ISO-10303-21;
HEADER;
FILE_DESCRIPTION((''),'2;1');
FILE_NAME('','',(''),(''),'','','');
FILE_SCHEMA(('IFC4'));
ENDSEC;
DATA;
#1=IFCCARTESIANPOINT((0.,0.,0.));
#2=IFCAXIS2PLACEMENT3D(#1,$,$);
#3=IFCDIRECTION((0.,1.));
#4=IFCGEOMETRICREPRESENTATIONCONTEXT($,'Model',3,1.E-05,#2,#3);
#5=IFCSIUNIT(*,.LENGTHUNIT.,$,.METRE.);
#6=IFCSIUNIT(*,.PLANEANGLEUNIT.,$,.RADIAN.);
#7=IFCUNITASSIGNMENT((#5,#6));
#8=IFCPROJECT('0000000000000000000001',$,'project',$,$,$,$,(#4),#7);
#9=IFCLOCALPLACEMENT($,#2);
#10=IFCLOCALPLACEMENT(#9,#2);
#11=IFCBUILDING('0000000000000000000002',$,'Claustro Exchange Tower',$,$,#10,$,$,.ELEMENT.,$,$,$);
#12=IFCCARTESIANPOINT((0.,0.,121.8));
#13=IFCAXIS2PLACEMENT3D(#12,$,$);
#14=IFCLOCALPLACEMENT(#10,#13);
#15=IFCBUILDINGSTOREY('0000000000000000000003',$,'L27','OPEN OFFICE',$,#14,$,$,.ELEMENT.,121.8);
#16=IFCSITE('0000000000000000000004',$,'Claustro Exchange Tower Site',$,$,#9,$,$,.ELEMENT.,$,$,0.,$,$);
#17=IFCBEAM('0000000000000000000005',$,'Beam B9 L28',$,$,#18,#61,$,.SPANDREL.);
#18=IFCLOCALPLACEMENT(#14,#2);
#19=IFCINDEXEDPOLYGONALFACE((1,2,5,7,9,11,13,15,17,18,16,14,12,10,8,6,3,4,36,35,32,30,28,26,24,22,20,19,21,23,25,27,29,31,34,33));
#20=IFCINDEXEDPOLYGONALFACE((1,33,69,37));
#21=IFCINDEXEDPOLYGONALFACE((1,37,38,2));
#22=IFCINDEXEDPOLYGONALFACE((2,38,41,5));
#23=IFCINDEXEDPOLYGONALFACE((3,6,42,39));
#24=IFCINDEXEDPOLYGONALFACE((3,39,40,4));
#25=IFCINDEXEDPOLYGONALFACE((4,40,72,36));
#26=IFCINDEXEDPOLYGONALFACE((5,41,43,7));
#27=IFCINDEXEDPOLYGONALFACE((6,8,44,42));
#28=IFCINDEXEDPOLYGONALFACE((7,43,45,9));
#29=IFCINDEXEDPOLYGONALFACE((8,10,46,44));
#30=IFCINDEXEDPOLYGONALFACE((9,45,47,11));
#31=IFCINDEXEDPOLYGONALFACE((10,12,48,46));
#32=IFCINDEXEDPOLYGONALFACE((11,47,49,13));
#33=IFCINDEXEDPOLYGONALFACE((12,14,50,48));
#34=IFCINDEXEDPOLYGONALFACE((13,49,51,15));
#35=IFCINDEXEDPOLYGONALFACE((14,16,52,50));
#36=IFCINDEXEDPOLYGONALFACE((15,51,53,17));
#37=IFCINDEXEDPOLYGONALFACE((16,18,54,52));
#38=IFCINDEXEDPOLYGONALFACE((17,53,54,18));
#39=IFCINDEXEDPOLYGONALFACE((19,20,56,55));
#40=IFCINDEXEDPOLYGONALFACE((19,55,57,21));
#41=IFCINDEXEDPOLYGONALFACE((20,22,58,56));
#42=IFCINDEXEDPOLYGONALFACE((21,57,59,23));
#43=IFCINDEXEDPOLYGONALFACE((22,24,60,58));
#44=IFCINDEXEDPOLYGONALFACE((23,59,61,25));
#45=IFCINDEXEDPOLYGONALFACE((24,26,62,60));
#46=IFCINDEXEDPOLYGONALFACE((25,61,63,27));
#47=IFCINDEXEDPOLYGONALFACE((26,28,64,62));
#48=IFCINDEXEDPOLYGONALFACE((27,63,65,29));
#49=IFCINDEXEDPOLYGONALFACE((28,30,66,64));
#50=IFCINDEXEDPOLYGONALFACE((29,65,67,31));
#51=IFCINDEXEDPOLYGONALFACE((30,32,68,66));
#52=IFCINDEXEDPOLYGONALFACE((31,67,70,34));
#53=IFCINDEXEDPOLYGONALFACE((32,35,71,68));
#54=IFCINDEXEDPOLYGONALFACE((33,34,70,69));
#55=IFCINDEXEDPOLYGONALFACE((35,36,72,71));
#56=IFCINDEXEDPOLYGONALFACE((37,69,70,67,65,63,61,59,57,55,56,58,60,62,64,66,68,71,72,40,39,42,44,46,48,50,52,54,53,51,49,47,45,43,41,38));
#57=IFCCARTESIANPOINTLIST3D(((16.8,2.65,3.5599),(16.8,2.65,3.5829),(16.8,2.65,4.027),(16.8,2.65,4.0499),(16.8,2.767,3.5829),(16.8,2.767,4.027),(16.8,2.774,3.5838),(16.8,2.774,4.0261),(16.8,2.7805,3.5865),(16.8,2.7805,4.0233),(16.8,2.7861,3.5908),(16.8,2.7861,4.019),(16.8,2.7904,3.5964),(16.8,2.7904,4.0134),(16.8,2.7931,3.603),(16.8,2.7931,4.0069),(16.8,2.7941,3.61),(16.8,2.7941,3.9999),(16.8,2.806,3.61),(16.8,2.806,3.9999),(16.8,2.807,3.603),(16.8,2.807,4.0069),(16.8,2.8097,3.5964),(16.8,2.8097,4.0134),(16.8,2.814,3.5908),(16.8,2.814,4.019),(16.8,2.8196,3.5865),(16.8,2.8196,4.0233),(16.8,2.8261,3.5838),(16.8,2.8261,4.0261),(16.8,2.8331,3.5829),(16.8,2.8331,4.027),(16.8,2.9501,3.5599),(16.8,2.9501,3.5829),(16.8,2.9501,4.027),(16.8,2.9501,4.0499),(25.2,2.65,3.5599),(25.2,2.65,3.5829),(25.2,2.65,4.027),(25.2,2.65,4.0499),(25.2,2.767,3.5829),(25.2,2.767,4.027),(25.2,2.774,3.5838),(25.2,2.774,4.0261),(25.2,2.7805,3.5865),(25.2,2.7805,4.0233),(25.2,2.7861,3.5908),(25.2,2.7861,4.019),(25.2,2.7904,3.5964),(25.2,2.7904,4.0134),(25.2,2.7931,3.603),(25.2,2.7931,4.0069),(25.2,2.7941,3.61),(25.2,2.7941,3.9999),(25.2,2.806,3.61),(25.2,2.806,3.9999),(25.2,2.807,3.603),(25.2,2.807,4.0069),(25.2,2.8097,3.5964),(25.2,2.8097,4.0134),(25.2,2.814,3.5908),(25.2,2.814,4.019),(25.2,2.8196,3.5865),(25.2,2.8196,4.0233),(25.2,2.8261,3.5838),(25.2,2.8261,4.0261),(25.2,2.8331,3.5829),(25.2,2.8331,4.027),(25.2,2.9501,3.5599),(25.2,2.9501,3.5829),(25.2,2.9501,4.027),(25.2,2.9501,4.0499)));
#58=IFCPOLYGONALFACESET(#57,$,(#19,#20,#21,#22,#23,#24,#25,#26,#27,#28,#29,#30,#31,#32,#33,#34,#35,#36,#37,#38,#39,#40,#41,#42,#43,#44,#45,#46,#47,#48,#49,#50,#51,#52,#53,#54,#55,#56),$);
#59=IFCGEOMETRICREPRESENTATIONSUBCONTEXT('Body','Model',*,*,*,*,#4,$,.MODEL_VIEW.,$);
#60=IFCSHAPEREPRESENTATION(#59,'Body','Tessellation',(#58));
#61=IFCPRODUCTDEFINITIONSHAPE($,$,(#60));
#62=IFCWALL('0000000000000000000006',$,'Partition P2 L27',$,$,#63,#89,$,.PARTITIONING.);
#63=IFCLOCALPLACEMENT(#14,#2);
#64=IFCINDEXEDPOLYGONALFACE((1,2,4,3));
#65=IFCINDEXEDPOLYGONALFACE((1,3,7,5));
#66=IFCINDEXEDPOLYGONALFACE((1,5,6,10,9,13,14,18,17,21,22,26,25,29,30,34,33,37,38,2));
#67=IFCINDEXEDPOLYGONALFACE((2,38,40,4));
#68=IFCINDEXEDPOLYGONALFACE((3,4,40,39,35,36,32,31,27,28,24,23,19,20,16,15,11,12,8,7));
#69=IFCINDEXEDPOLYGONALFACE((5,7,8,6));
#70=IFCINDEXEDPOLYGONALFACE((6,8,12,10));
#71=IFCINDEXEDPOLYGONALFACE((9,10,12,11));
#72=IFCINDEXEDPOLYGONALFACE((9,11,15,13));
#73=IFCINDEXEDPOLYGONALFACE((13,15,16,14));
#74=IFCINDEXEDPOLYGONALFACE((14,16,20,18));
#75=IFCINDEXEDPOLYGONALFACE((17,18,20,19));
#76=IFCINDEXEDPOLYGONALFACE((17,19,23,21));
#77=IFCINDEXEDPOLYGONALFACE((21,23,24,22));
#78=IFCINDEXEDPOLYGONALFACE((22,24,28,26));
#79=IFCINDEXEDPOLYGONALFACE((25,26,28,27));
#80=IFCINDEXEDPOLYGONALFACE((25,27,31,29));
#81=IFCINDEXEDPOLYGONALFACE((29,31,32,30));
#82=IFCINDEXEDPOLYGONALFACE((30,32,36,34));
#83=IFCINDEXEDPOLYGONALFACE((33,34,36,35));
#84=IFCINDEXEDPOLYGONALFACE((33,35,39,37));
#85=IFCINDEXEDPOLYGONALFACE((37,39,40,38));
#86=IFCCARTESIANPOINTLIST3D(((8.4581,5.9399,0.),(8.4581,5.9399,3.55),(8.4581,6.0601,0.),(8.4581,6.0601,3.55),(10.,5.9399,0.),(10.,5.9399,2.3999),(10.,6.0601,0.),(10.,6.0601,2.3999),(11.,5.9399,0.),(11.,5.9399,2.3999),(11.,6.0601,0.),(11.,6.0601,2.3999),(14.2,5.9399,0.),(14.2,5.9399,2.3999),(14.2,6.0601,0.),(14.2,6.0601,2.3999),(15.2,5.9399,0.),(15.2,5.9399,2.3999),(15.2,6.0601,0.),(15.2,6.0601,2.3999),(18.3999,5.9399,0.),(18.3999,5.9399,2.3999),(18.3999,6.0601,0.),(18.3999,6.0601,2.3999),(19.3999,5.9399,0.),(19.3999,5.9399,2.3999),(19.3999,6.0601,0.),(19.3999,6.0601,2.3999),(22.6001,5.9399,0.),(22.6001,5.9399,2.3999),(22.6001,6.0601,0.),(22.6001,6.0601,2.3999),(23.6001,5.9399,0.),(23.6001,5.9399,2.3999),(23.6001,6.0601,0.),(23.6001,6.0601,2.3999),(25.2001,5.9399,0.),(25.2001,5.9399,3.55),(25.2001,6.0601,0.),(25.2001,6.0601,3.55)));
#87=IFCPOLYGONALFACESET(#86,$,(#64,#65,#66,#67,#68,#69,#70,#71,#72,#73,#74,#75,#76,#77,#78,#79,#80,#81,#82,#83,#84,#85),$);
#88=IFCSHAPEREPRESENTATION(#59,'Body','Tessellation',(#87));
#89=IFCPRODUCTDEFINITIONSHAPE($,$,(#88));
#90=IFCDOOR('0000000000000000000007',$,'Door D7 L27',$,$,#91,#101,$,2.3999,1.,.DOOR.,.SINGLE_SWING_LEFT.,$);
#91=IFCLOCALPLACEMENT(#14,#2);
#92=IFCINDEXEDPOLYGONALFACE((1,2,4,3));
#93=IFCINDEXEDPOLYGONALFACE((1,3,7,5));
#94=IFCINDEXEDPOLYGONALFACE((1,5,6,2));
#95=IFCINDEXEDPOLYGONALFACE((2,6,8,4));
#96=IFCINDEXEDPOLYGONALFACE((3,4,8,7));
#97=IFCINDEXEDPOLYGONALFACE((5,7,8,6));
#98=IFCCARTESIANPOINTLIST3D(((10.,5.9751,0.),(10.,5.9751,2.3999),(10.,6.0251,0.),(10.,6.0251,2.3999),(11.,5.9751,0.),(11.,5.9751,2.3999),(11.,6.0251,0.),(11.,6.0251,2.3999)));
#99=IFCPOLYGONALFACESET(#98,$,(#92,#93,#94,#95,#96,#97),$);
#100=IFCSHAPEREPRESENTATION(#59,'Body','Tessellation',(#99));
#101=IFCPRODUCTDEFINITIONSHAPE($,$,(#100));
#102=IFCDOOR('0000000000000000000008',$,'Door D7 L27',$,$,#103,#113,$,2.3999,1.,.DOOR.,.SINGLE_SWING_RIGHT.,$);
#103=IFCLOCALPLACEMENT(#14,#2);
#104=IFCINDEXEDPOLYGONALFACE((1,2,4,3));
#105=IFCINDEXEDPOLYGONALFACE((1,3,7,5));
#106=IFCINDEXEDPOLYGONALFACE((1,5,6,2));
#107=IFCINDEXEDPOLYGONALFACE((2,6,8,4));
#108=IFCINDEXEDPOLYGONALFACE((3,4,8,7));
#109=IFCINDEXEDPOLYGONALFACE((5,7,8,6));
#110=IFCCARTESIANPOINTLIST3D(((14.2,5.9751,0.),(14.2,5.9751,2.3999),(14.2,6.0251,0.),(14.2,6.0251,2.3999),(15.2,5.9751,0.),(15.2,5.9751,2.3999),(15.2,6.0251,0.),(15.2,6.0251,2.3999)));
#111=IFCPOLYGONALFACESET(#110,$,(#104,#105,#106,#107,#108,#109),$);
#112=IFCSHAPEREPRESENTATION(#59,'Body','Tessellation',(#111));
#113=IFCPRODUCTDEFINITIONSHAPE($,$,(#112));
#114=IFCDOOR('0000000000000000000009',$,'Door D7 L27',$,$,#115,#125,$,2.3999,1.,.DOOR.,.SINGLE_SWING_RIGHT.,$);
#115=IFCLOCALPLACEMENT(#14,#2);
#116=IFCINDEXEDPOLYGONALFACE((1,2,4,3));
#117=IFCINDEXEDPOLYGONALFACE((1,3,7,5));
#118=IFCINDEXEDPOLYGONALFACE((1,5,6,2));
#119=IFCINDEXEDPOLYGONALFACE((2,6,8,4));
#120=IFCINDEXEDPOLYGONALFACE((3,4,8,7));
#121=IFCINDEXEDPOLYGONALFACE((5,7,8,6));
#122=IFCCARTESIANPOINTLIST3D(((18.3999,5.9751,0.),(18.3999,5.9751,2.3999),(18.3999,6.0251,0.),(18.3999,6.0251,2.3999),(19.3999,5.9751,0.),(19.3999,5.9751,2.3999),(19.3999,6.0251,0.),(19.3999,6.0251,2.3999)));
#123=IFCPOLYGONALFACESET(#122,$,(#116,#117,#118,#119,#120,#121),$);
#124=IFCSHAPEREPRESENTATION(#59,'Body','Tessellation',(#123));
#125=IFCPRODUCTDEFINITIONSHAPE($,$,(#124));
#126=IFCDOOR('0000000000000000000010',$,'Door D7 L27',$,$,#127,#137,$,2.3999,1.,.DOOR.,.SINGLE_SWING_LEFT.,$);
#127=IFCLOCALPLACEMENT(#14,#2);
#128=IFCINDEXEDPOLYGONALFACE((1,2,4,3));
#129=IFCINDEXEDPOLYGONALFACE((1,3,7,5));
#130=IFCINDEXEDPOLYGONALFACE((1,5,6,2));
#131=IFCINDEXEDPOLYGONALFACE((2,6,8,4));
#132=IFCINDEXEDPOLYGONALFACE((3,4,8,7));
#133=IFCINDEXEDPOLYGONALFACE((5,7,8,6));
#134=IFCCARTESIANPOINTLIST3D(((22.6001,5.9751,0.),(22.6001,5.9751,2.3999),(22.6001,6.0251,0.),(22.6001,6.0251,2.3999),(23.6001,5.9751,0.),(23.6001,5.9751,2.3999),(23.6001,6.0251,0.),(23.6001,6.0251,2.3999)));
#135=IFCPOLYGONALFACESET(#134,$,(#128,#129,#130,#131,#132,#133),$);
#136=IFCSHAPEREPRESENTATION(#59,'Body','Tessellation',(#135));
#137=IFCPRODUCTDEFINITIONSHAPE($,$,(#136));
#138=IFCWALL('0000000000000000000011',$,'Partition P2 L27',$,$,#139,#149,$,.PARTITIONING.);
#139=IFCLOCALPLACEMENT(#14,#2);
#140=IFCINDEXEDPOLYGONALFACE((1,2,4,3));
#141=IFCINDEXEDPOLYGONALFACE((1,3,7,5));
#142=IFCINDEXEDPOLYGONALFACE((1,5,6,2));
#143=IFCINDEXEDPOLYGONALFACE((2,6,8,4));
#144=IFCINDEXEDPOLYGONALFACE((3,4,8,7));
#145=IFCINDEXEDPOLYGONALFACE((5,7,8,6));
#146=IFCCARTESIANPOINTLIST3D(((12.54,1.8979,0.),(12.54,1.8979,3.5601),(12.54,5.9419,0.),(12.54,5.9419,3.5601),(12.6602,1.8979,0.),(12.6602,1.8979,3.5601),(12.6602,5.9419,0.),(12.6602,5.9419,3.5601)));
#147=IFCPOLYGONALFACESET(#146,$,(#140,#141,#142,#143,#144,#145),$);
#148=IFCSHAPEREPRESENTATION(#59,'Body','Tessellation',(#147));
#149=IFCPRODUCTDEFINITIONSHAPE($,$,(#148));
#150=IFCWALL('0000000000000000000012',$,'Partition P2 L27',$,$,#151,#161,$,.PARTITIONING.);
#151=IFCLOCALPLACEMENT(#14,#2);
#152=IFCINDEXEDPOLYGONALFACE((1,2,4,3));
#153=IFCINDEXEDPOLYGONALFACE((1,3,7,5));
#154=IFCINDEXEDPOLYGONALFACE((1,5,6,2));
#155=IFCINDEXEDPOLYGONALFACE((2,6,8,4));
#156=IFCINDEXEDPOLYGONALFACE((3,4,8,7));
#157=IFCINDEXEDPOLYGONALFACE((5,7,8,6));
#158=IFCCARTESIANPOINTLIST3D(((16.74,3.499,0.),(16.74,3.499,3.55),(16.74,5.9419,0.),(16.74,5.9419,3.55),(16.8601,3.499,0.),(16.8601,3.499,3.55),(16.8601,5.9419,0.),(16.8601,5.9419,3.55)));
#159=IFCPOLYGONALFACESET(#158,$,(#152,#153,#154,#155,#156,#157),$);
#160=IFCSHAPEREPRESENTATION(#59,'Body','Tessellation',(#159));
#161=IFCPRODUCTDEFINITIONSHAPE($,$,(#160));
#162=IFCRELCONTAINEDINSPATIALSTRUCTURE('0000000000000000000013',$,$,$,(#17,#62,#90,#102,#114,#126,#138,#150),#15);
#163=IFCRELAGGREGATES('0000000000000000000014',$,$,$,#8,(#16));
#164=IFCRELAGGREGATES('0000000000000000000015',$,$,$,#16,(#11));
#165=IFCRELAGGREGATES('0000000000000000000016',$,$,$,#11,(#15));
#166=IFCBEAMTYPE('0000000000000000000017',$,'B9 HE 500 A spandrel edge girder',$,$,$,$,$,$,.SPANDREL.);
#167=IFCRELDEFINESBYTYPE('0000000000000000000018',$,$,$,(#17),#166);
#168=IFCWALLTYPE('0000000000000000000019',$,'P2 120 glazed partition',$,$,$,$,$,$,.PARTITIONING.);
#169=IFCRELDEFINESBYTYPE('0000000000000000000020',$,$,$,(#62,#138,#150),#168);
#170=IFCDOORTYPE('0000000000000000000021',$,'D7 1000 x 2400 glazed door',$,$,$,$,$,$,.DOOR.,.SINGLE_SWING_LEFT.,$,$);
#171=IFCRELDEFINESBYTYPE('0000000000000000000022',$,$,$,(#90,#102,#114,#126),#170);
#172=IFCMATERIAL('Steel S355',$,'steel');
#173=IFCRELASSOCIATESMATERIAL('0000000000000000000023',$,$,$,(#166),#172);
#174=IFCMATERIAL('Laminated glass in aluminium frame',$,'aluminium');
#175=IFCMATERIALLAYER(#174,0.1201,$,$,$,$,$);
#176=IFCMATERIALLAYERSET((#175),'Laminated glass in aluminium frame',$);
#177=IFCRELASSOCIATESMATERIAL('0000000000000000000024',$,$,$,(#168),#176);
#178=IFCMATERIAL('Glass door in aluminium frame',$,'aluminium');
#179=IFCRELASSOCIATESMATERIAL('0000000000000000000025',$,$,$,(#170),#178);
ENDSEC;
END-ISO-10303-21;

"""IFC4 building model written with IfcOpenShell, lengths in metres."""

from ifc_helpers import new_model, si_unit, direction, frame, frame_2d, origin, origin_2d, place, context, subcontext, project, spatial, rectangle, i_section, extrude, material, layer, layer_set, material_profile, profile_set, type_object, element, fill, save


model = new_model("IFC4")

# Units and contexts
model_context = context("Model", 3, precision=1e-05, world=origin(), true_north=direction((0.0, 1.0)))
body_context = subcontext(model_context, "Body", "Model", "MODEL_VIEW")
ifc_project = project(units=[si_unit("LENGTHUNIT", "METRE"), si_unit("PLANEANGLEUNIT", "RADIAN")], contexts=[model_context])

# Site, building, storey
site_placement = place(None, origin())
site = spatial("IfcSite", under=ifc_project, at=site_placement, Name="Claustro Exchange Tower Site", CompositionType="ELEMENT", RefElevation=0.0)
building_placement = place(site_placement, origin())
building = spatial("IfcBuilding", under=site, at=building_placement, Name="Claustro Exchange Tower", CompositionType="ELEMENT")
storey_placement = place(building_placement, frame((0.0, 0.0, 121.8)))
storey = spatial("IfcBuildingStorey", under=building, at=storey_placement, Name="L27", Description="OPEN OFFICE", CompositionType="ELEMENT", Elevation=121.8)

# Beam
ifc_material_1 = material(Name="Steel S355", Category="steel")
ifc_material_profile_1 = material_profile(ifc_material_1, i_section(OverallWidth=0.3, OverallDepth=0.49, WebThickness=0.012, FlangeThickness=0.0229, FilletRadius=0.0271, at=origin_2d()), Name="HE 500 A")
ifc_profile_set_1 = profile_set([ifc_material_profile_1], Name="Steel S355")
beam_type_1 = type_object("IfcBeamType", Name="B9 HE 500 A spandrel edge girder", PredefinedType="SPANDREL", material=ifc_profile_set_1)
beam_1_placement = place(storey_placement, frame((16.8, 2.8, 3.8049), z_axis=(1.0, 0.0, 0.0), x_axis=(0.0, 1.0, 0.0)))
element("IfcBeam", 1, at=beam_1_placement, inside=storey, type_object=beam_type_1, Name="Beam B9 L28", PredefinedType="SPANDREL", context=body_context, shape_type="SweptSolid", body=[
    extrude(i_section(OverallWidth=0.3, OverallDepth=0.49, WebThickness=0.012, FlangeThickness=0.0229, FilletRadius=0.0271, at=origin_2d()), origin(), (0.0, 0.0, 1.0), 8.3999),
])

# Wall, openings, doors
ifc_material_2 = material(Name="Laminated glass in aluminium frame", Category="aluminium")
ifc_layer_1 = layer(ifc_material_2, 0.1201)
ifc_layer_set_1 = layer_set([ifc_layer_1], Name="Laminated glass in aluminium frame")
wall_type_1 = type_object("IfcWallType", Name="P2 120 glazed partition", PredefinedType="PARTITIONING", material=ifc_layer_set_1)
wall_1_placement = place(storey_placement, frame((8.458, 6.0, 0.0), z_axis=(0.0, 0.0, 1.0), x_axis=(1.0, 0.0, 0.0)))
wall_1 = element("IfcWall", 2, at=wall_1_placement, inside=storey, type_object=wall_type_1, Name="Partition P2 L27", PredefinedType="PARTITIONING", context=body_context, shape_type="SweptSolid", body=[
    extrude(rectangle(XDim=16.7419, YDim=0.1201, at=frame_2d((8.3711, 0.0))), origin(), (0.0, 0.0, 1.0), 3.55),
])
opening_1_placement = place(wall_1_placement, frame((1.542, 0.0, 0.0)))
opening_1 = element("IfcOpeningElement", 3, at=opening_1_placement, cuts=wall_1, PredefinedType="OPENING", context=body_context, shape_type="SweptSolid", body=[
    extrude(rectangle(XDim=1.0, YDim=2.3999, at=frame_2d((0.5, 1.2))), frame((0.0, 0.0701, 0.0), z_axis=(0.0, -1.0, 0.0), x_axis=(1.0, 0.0, 0.0)), (0.0, 0.0, 1.0), 0.1401),
])
opening_2_placement = place(wall_1_placement, frame((5.7419, 0.0, 0.0)))
opening_2 = element("IfcOpeningElement", 4, at=opening_2_placement, cuts=wall_1, PredefinedType="OPENING", context=body_context, shape_type="SweptSolid", body=[
    extrude(rectangle(XDim=1.0, YDim=2.3999, at=frame_2d((0.5, 1.2))), frame((0.0, 0.0701, 0.0), z_axis=(0.0, -1.0, 0.0), x_axis=(1.0, 0.0, 0.0)), (0.0, 0.0, 1.0), 0.1401),
])
opening_3_placement = place(wall_1_placement, frame((9.9419, 0.0, 0.0)))
opening_3 = element("IfcOpeningElement", 5, at=opening_3_placement, cuts=wall_1, PredefinedType="OPENING", context=body_context, shape_type="SweptSolid", body=[
    extrude(rectangle(XDim=1.0, YDim=2.3999, at=frame_2d((0.5, 1.2))), frame((0.0, 0.0701, 0.0), z_axis=(0.0, -1.0, 0.0), x_axis=(1.0, 0.0, 0.0)), (0.0, 0.0, 1.0), 0.1401),
])
opening_4_placement = place(wall_1_placement, frame((14.1421, 0.0, 0.0)))
opening_4 = element("IfcOpeningElement", 6, at=opening_4_placement, cuts=wall_1, PredefinedType="OPENING", context=body_context, shape_type="SweptSolid", body=[
    extrude(rectangle(XDim=1.0, YDim=2.3999, at=frame_2d((0.5, 1.2))), frame((0.0, 0.0701, 0.0), z_axis=(0.0, -1.0, 0.0), x_axis=(1.0, 0.0, 0.0)), (0.0, 0.0, 1.0), 0.1401),
])
ifc_material_3 = material(Name="Glass door in aluminium frame", Category="aluminium")
door_type = type_object("IfcDoorType", Name="D7 1000 x 2400 glazed door", OperationType="SINGLE_SWING_LEFT", PredefinedType="DOOR", material=ifc_material_3)
door_1_placement = place(opening_1_placement, frame((1.0, 0.0, 0.0), z_axis=(0.0, 0.0, 1.0), x_axis=(-1.0, 0.0, 0.0)))
door_1 = element("IfcDoor", 7, at=door_1_placement, inside=storey, type_object=door_type, Name="Door D7 L27", OperationType="SINGLE_SWING_LEFT", OverallHeight=2.3999, OverallWidth=1.0, PredefinedType="DOOR", context=body_context, shape_type="SweptSolid", body=[
    extrude(rectangle(XDim=1.0, YDim=2.3999, at=frame_2d((0.5, 1.2))), frame((0.0, 0.0249, 0.0), z_axis=(0.0, -1.0, 0.0), x_axis=(1.0, 0.0, 0.0)), (0.0, 0.0, 1.0), 0.05),
])
fill(opening_1, door_1)
door_2_placement = place(opening_2_placement, frame((1.0, 0.0, 0.0), z_axis=(0.0, 0.0, 1.0), x_axis=(-1.0, 0.0, 0.0)))
door_2 = element("IfcDoor", 8, at=door_2_placement, inside=storey, type_object=door_type, Name="Door D7 L27", OperationType="SINGLE_SWING_RIGHT", OverallHeight=2.3999, OverallWidth=1.0, PredefinedType="DOOR", context=body_context, shape_type="SweptSolid", body=[
    extrude(rectangle(XDim=1.0, YDim=2.3999, at=frame_2d((0.5, 1.2))), frame((0.0, 0.0249, 0.0), z_axis=(0.0, -1.0, 0.0), x_axis=(1.0, 0.0, 0.0)), (0.0, 0.0, 1.0), 0.05),
])
fill(opening_2, door_2)
door_3_placement = place(opening_3_placement, frame((1.0, 0.0, 0.0), z_axis=(0.0, 0.0, 1.0), x_axis=(-1.0, 0.0, 0.0)))
door_3 = element("IfcDoor", 9, at=door_3_placement, inside=storey, type_object=door_type, Name="Door D7 L27", OperationType="SINGLE_SWING_RIGHT", OverallHeight=2.3999, OverallWidth=1.0, PredefinedType="DOOR", context=body_context, shape_type="SweptSolid", body=[
    extrude(rectangle(XDim=1.0, YDim=2.3999, at=frame_2d((0.5, 1.2))), frame((0.0, 0.0249, 0.0), z_axis=(0.0, -1.0, 0.0), x_axis=(1.0, 0.0, 0.0)), (0.0, 0.0, 1.0), 0.05),
])
fill(opening_3, door_3)
door_4_placement = place(opening_4_placement, frame((1.0, 0.0, 0.0), z_axis=(0.0, 0.0, 1.0), x_axis=(-1.0, 0.0, 0.0)))
door_4 = element("IfcDoor", 10, at=door_4_placement, inside=storey, type_object=door_type, Name="Door D7 L27", OperationType="SINGLE_SWING_LEFT", OverallHeight=2.3999, OverallWidth=1.0, PredefinedType="DOOR", context=body_context, shape_type="SweptSolid", body=[
    extrude(rectangle(XDim=1.0, YDim=2.3999, at=frame_2d((0.5, 1.2))), frame((0.0, 0.0249, 0.0), z_axis=(0.0, -1.0, 0.0), x_axis=(1.0, 0.0, 0.0)), (0.0, 0.0, 1.0), 0.05),
])
fill(opening_4, door_4)

# Walls
wall_2_placement = place(storey_placement, frame((12.6001, 1.8979, 0.0), z_axis=(0.0, 0.0, 1.0), x_axis=(0.0, 1.0, 0.0)))
element("IfcWall", 11, at=wall_2_placement, inside=storey, type_object=wall_type_1, Name="Partition P2 L27", PredefinedType="PARTITIONING", context=body_context, shape_type="SweptSolid", body=[
    extrude(rectangle(XDim=4.0439, YDim=0.1201, at=frame_2d((2.022, 0.0))), origin(), (0.0, 0.0, 1.0), 3.5601),
])
wall_3_placement = place(storey_placement, frame((16.8, 3.499, 0.0), z_axis=(0.0, 0.0, 1.0), x_axis=(0.0, 1.0, 0.0)))
element("IfcWall", 12, at=wall_3_placement, inside=storey, type_object=wall_type_1, Name="Partition P2 L27", PredefinedType="PARTITIONING", context=body_context, shape_type="SweptSolid", body=[
    extrude(rectangle(XDim=2.4429, YDim=0.1201, at=frame_2d((1.2214, 0.0))), origin(), (0.0, 0.0, 1.0), 3.55),
])

save(model, "model.ifc")
